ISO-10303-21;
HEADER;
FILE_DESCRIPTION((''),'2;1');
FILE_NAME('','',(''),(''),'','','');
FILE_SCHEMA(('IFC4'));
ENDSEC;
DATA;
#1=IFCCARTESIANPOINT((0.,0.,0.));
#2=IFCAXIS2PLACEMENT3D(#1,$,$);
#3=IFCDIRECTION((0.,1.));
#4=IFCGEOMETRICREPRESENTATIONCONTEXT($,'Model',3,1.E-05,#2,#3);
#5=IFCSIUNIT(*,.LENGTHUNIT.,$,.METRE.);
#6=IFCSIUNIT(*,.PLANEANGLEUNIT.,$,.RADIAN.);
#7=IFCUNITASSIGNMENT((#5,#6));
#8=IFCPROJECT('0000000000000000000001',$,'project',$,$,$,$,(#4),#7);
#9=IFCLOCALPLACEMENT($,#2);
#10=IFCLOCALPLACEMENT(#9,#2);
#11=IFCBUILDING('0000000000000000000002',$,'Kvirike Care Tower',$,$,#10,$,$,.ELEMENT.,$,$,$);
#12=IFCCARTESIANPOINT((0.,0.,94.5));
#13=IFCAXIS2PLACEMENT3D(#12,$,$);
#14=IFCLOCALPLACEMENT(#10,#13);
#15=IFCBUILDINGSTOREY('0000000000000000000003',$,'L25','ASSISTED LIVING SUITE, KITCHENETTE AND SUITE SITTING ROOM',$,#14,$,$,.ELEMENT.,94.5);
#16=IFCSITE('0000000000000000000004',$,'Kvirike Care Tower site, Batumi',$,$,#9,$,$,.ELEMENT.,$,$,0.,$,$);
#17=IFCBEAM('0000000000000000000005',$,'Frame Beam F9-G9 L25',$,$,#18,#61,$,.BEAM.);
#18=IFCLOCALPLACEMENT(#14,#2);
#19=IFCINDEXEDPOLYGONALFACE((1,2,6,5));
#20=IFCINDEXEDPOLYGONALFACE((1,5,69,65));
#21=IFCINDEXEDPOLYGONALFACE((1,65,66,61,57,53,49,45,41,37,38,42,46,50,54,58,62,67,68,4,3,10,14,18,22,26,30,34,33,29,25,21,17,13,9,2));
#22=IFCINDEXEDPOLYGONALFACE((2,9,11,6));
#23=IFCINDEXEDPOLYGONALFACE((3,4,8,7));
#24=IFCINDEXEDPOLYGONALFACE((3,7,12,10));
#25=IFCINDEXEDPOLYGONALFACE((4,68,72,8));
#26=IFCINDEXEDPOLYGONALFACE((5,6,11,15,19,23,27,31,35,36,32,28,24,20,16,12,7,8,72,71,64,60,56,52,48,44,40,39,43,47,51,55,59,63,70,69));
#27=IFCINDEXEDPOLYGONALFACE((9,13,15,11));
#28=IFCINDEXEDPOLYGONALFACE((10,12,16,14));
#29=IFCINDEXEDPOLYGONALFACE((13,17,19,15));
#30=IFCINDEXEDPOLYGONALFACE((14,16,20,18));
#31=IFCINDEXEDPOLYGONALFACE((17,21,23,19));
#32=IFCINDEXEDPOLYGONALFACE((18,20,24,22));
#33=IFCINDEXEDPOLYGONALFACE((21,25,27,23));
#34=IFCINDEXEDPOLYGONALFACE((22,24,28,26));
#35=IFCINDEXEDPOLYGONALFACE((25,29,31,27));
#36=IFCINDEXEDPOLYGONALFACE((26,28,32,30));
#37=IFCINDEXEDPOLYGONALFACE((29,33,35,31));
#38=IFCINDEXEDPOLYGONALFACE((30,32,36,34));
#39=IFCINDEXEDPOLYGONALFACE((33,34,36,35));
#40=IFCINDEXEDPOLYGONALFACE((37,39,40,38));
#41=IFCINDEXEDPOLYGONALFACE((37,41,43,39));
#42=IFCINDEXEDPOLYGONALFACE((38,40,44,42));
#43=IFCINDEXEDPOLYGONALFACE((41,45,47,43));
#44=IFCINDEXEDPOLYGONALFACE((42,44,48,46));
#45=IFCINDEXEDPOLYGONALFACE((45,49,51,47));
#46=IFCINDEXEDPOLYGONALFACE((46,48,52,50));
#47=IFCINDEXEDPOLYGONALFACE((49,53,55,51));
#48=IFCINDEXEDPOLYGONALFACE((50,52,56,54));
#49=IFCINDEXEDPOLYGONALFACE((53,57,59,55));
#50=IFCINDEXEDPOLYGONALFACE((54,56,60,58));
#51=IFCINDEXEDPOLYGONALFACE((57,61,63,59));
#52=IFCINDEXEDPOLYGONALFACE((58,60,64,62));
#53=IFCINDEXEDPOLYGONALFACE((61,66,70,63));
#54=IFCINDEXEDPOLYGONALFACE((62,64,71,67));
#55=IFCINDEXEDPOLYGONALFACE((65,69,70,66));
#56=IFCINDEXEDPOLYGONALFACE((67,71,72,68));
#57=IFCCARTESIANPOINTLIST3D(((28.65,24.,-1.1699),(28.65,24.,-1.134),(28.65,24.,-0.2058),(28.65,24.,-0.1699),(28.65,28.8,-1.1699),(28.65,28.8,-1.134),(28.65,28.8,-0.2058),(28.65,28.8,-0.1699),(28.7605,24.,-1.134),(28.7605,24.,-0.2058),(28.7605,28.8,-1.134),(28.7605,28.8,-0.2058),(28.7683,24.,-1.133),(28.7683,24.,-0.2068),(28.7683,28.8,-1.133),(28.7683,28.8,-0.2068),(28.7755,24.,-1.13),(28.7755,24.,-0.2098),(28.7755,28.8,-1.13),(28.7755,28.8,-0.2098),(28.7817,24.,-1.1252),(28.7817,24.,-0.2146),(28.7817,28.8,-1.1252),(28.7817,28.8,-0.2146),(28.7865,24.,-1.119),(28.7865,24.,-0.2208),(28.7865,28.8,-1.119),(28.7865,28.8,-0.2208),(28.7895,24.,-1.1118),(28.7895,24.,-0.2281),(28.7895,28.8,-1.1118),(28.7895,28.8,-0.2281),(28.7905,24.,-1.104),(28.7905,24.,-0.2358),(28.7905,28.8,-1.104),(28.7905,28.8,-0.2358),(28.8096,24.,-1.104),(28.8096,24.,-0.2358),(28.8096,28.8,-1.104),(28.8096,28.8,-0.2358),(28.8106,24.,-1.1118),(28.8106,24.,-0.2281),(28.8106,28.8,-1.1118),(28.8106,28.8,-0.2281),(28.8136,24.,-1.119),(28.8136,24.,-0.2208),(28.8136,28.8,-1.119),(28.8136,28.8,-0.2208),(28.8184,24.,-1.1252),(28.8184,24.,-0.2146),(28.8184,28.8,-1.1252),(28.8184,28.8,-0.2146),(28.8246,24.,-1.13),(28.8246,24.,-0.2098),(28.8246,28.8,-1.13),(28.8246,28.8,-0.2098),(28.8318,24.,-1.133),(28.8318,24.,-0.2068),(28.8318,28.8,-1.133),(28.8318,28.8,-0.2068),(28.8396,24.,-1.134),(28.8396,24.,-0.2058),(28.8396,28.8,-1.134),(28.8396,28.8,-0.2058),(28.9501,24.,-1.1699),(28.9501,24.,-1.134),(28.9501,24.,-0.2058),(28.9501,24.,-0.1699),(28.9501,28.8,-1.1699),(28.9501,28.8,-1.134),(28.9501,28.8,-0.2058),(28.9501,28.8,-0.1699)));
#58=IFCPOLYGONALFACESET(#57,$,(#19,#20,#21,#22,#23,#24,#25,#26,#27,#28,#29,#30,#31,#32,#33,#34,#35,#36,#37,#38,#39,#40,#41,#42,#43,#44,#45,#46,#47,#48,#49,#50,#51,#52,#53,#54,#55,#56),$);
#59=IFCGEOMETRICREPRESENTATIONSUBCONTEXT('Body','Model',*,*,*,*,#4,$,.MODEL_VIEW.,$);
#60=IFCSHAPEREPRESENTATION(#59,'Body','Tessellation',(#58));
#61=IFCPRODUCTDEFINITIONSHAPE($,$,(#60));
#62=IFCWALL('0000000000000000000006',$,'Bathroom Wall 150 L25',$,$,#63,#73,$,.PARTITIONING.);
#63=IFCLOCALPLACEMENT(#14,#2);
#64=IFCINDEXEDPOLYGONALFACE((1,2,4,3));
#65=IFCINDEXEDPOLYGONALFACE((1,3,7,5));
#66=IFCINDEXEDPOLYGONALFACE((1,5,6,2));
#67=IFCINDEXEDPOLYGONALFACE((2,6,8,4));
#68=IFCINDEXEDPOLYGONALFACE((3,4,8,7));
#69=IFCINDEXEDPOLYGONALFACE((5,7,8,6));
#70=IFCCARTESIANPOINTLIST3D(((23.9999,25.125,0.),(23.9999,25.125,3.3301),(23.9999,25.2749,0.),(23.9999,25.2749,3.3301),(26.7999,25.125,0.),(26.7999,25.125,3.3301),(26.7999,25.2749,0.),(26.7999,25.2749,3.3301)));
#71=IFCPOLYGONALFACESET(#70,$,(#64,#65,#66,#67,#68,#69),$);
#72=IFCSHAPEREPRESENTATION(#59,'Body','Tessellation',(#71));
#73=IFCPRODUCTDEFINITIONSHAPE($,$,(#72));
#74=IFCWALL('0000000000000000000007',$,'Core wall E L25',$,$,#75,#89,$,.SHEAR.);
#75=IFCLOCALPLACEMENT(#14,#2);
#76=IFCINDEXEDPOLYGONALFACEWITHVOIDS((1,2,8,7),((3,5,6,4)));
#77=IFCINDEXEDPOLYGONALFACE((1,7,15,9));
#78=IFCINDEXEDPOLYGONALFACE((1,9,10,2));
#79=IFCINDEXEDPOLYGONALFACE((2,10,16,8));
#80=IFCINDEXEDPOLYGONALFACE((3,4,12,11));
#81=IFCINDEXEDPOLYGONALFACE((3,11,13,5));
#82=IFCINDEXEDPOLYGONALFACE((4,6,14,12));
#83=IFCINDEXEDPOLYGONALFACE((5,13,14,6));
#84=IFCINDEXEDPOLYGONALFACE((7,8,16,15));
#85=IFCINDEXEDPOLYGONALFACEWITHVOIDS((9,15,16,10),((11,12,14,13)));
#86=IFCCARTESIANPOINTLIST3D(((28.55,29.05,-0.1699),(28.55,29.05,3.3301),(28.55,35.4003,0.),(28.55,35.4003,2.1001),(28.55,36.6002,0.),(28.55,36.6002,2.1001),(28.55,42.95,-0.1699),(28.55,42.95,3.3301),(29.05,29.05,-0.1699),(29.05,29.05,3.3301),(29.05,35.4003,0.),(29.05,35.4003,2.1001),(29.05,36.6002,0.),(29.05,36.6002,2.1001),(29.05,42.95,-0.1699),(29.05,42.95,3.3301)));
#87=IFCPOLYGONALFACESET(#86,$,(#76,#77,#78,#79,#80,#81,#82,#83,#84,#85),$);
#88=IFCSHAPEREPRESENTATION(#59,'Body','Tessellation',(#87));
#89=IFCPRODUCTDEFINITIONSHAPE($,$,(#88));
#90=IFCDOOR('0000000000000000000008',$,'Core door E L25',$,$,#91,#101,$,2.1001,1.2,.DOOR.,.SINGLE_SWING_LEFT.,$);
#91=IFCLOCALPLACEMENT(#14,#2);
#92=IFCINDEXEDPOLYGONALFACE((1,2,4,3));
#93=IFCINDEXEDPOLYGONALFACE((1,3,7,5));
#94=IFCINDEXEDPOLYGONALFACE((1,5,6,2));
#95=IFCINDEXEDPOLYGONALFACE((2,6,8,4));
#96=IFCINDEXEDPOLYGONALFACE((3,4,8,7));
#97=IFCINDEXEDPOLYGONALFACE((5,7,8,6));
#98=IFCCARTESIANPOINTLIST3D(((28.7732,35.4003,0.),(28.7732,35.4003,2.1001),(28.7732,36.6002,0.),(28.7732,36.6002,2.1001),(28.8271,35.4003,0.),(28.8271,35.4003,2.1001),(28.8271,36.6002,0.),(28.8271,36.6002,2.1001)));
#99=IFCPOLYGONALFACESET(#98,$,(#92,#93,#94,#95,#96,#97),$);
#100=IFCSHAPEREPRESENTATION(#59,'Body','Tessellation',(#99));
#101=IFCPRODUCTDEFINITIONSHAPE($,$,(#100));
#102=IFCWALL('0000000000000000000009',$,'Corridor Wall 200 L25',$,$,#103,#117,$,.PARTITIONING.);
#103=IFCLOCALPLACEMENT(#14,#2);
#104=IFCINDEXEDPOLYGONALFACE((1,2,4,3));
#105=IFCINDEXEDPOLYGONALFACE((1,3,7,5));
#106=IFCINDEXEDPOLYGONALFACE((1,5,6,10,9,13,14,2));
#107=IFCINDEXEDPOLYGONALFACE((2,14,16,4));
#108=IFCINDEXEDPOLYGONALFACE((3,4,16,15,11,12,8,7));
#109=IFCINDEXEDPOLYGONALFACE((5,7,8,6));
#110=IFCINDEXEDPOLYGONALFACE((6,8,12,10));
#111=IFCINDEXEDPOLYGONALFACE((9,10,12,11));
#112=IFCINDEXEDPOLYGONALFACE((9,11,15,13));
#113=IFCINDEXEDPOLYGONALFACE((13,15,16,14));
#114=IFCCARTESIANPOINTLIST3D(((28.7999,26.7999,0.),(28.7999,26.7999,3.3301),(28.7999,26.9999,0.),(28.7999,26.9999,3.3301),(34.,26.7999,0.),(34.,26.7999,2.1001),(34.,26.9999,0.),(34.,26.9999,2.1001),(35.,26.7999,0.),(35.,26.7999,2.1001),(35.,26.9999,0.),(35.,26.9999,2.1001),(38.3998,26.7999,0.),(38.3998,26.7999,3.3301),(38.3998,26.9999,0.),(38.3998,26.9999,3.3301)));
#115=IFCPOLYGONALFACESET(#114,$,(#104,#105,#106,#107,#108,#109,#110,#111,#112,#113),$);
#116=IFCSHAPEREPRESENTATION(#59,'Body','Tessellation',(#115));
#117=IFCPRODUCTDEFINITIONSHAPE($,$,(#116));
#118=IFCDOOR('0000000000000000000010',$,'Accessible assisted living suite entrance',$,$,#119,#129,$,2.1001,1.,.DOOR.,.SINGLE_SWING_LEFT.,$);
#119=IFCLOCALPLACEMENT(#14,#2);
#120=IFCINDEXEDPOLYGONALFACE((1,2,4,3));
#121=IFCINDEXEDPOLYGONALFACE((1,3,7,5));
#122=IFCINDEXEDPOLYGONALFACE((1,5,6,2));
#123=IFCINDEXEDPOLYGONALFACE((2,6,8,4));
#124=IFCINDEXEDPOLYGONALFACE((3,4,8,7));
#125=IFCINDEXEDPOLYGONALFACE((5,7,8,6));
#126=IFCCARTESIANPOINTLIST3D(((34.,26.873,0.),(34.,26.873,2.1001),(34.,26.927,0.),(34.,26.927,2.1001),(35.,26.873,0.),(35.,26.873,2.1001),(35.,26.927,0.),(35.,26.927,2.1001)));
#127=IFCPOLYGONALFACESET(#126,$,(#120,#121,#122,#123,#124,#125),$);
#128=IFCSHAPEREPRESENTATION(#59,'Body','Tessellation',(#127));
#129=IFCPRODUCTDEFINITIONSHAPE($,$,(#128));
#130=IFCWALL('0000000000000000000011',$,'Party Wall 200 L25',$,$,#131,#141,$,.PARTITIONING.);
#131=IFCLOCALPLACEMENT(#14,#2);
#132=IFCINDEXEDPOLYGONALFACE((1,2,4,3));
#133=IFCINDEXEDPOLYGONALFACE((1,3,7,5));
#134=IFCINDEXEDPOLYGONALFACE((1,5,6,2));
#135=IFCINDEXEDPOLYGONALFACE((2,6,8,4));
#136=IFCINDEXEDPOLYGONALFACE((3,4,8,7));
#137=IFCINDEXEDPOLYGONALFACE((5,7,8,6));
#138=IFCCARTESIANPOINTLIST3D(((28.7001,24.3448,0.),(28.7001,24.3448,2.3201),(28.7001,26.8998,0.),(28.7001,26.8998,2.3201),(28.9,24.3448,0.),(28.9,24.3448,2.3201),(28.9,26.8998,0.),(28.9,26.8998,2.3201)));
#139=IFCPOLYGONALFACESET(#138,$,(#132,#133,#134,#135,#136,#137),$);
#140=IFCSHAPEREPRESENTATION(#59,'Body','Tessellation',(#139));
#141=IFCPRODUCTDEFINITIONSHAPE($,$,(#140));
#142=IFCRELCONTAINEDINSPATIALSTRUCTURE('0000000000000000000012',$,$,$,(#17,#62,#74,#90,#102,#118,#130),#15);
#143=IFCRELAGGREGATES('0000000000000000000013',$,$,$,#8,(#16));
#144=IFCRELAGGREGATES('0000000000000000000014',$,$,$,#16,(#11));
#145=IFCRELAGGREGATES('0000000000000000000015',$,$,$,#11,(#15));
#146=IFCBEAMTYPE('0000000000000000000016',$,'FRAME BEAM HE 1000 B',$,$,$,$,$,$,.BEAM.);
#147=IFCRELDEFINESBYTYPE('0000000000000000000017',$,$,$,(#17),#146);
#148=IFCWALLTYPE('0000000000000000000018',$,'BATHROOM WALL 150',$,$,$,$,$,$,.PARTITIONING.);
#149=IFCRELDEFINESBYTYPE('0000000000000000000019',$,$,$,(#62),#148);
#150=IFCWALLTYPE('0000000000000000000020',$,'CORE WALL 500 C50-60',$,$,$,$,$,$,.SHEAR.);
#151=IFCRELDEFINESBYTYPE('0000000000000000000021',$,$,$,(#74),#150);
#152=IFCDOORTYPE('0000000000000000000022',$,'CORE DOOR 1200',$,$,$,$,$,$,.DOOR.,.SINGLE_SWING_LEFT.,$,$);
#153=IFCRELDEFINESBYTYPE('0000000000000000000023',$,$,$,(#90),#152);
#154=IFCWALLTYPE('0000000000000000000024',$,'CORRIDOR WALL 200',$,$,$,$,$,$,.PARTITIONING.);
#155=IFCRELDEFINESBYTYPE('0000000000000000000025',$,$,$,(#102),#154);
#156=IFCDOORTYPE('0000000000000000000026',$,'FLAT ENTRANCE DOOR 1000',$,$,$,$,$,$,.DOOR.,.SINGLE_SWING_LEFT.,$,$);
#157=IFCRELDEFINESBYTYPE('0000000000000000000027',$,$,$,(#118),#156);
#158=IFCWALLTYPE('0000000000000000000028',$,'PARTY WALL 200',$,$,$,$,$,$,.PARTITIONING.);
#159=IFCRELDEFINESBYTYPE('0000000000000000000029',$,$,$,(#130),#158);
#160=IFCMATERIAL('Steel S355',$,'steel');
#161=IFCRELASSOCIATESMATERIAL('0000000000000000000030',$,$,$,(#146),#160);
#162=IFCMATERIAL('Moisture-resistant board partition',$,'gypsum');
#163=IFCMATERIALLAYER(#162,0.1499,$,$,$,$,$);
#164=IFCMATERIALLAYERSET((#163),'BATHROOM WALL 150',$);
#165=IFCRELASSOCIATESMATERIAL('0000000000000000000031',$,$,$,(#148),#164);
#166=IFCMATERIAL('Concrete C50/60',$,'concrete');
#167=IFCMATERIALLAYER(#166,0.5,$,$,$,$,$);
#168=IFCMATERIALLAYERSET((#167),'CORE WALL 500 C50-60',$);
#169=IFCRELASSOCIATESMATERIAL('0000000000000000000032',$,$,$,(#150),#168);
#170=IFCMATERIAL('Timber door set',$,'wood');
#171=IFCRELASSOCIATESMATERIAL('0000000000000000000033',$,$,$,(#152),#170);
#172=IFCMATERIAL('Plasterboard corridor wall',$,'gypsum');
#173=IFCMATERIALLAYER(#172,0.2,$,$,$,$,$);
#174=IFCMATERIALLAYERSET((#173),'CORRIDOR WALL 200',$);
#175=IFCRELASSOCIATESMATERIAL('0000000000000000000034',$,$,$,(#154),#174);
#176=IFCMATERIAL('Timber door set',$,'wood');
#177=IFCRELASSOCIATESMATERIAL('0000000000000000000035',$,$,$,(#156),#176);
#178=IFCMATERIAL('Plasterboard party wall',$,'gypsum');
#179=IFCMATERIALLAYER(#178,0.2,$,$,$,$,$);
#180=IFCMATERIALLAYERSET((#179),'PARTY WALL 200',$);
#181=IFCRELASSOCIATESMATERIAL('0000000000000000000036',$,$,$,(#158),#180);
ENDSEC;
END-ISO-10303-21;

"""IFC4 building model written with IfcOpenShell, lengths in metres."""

from ifc_helpers import new_model, si_unit, direction, frame, frame_2d, origin, origin_2d, place, context, subcontext, project, spatial, rectangle, i_section, extrude, material, layer, layer_set, material_profile, profile_set, type_object, element, fill, save


model = new_model("IFC4")

# Units and contexts
model_context = context("Model", 3, precision=1e-05, world=origin(), true_north=direction((0.0, 1.0)))
body_context = subcontext(model_context, "Body", "Model", "MODEL_VIEW")
ifc_project = project(units=[si_unit("LENGTHUNIT", "METRE"), si_unit("PLANEANGLEUNIT", "RADIAN")], contexts=[model_context])

# Site, building, storey
site_placement = place(None, origin())
site = spatial("IfcSite", under=ifc_project, at=site_placement, Name="Kvirike Care Tower site, Batumi", CompositionType="ELEMENT", RefElevation=0.0)
building_placement = place(site_placement, origin())
building = spatial("IfcBuilding", under=site, at=building_placement, Name="Kvirike Care Tower", CompositionType="ELEMENT")
storey_placement = place(building_placement, frame((0.0, 0.0, 94.5)))
storey = spatial("IfcBuildingStorey", under=building, at=storey_placement, Name="L25", Description="ASSISTED LIVING SUITE, KITCHENETTE AND SUITE SITTING ROOM", CompositionType="ELEMENT", Elevation=94.5)

# Beam
ifc_material_1 = material(Name="Steel S355", Category="steel")
ifc_material_profile_1 = material_profile(ifc_material_1, i_section(OverallWidth=0.3, OverallDepth=1.0, WebThickness=0.019, FlangeThickness=0.0359, FilletRadius=0.03, at=origin_2d()), Name="HE 1000 B")
ifc_profile_set_1 = profile_set([ifc_material_profile_1], Name="Steel S355")
beam_type_1 = type_object("IfcBeamType", Name="FRAME BEAM HE 1000 B", PredefinedType="BEAM", material=ifc_profile_set_1)
for number, where, z_axis, x_axis, name in (
    (1, (28.8, 24.0, -0.6699), (0.0, 1.0, 0.0), (-1.0, 0.0, 0.0), "Frame Beam F9-G9 L25"),
):
    element("IfcBeam", number, at=place(storey_placement, frame(where, z_axis=z_axis, x_axis=x_axis)), inside=storey, type_object=beam_type_1, Name=name, PredefinedType="BEAM", context=body_context, shape_type="SweptSolid", body=[
        extrude(i_section(OverallWidth=0.3, OverallDepth=1.0, WebThickness=0.019, FlangeThickness=0.0359, FilletRadius=0.03, at=origin_2d()), origin(), (0.0, 0.0, 1.0), 4.8),
    ])

# Wall
ifc_material_2 = material(Name="Moisture-resistant board partition", Category="gypsum")
ifc_layer_1 = layer(ifc_material_2, 0.1499)
ifc_layer_set_1 = layer_set([ifc_layer_1], Name="BATHROOM WALL 150")
wall_type_1 = type_object("IfcWallType", Name="BATHROOM WALL 150", PredefinedType="PARTITIONING", material=ifc_layer_set_1)
wall_1_placement = place(storey_placement, frame((24.0, 25.2, 0.0), z_axis=(0.0, 0.0, 1.0), x_axis=(1.0, 0.0, 0.0)))
element("IfcWall", 2, at=wall_1_placement, inside=storey, type_object=wall_type_1, Name="Bathroom Wall 150 L25", PredefinedType="PARTITIONING", context=body_context, shape_type="SweptSolid", body=[
    extrude(rectangle(XDim=2.8, YDim=0.1499, at=frame_2d((1.3999, 0.0))), origin(), (0.0, 0.0, 1.0), 3.3301),
])

# Walls, openings, doors
ifc_material_3 = material(Name="Concrete C50/60", Category="concrete")
ifc_layer_2 = layer(ifc_material_3, 0.5)
ifc_layer_set_2 = layer_set([ifc_layer_2], Name="CORE WALL 500 C50-60")
wall_type_2 = type_object("IfcWallType", Name="CORE WALL 500 C50-60", PredefinedType="SHEAR", material=ifc_layer_set_2)
wall_2_placement = place(storey_placement, frame((28.8, 29.05, -0.1699), z_axis=(0.0, 0.0, 1.0), x_axis=(0.0, 1.0, 0.0)))
wall_2 = element("IfcWall", 3, at=wall_2_placement, inside=storey, type_object=wall_type_2, Name="Core wall E L25", PredefinedType="SHEAR", context=body_context, shape_type="SweptSolid", body=[
    extrude(rectangle(XDim=13.8999, YDim=0.5, at=frame_2d((6.95, 0.0))), origin(), (0.0, 0.0, 1.0), 3.5),
])
opening_1_placement = place(wall_2_placement, frame((6.3501, 0.0, 0.1699)))
opening_1 = element("IfcOpeningElement", 4, at=opening_1_placement, cuts=wall_2, PredefinedType="OPENING", context=body_context, shape_type="SweptSolid", body=[
    extrude(rectangle(XDim=1.2, YDim=2.1001, at=frame_2d((0.6001, 1.05))), frame((0.0, 0.2605, 0.0), z_axis=(0.0, -1.0, 0.0), x_axis=(1.0, 0.0, 0.0)), (0.0, 0.0, 1.0), 0.521),
])
ifc_material_4 = material(Name="Timber door set", Category="wood")
door_type_1 = type_object("IfcDoorType", Name="CORE DOOR 1200", OperationType="SINGLE_SWING_LEFT", PredefinedType="DOOR", material=ifc_material_4)
door_1_placement = place(opening_1_placement, origin())
door_1 = element("IfcDoor", 5, at=door_1_placement, inside=storey, type_object=door_type_1, Name="Core door E L25", OperationType="SINGLE_SWING_LEFT", OverallHeight=2.1001, OverallWidth=1.2, PredefinedType="DOOR", context=body_context, shape_type="SweptSolid", body=[
    extrude(rectangle(XDim=1.2, YDim=2.1001, at=frame_2d((0.6001, 1.05))), frame((0.0, 0.0269, 0.0), z_axis=(0.0, -1.0, 0.0), x_axis=(1.0, 0.0, 0.0)), (0.0, 0.0, 1.0), 0.054),
])
fill(opening_1, door_1)
ifc_material_5 = material(Name="Plasterboard corridor wall", Category="gypsum")
ifc_layer_3 = layer(ifc_material_5, 0.2)
ifc_layer_set_3 = layer_set([ifc_layer_3], Name="CORRIDOR WALL 200")
wall_type_3 = type_object("IfcWallType", Name="CORRIDOR WALL 200", PredefinedType="PARTITIONING", material=ifc_layer_set_3)
wall_3_placement = place(storey_placement, frame((28.8, 26.8999, 0.0), z_axis=(0.0, 0.0, 1.0), x_axis=(1.0, 0.0, 0.0)))
wall_3 = element("IfcWall", 6, at=wall_3_placement, inside=storey, type_object=wall_type_3, Name="Corridor Wall 200 L25", PredefinedType="PARTITIONING", context=body_context, shape_type="SweptSolid", body=[
    extrude(rectangle(XDim=9.5999, YDim=0.2, at=frame_2d((4.7998, 0.0))), origin(), (0.0, 0.0, 1.0), 3.3301),
])
opening_2_placement = place(wall_3_placement, frame((5.2, 0.0, 0.0)))
opening_2 = element("IfcOpeningElement", 7, at=opening_2_placement, cuts=wall_3, PredefinedType="OPENING", context=body_context, shape_type="SweptSolid", body=[
    extrude(rectangle(XDim=1.0, YDim=2.1001, at=frame_2d((0.5, 1.05))), frame((0.0, 0.1106, 0.0), z_axis=(0.0, -1.0, 0.0), x_axis=(1.0, 0.0, 0.0)), (0.0, 0.0, 1.0), 0.2209),
])
ifc_material_6 = material(Name="Timber door set", Category="wood")
door_type_2 = type_object("IfcDoorType", Name="FLAT ENTRANCE DOOR 1000", OperationType="SINGLE_SWING_LEFT", PredefinedType="DOOR", material=ifc_material_6)
door_2_placement = place(opening_2_placement, frame((1.0, 0.0, 0.0), z_axis=(0.0, 0.0, 1.0), x_axis=(-1.0, 0.0, 0.0)))
door_2 = element("IfcDoor", 8, at=door_2_placement, inside=storey, type_object=door_type_2, Name="Accessible assisted living suite entrance", OperationType="SINGLE_SWING_LEFT", OverallHeight=2.1001, OverallWidth=1.0, PredefinedType="DOOR", context=body_context, shape_type="SweptSolid", body=[
    extrude(rectangle(XDim=1.0, YDim=2.1001, at=frame_2d((0.5, 1.05))), frame((0.0, 0.0269, 0.0), z_axis=(0.0, -1.0, 0.0), x_axis=(1.0, 0.0, 0.0)), (0.0, 0.0, 1.0), 0.054),
])
fill(opening_2, door_2)

# Wall
ifc_material_7 = material(Name="Plasterboard party wall", Category="gypsum")
ifc_layer_4 = layer(ifc_material_7, 0.2)
ifc_layer_set_4 = layer_set([ifc_layer_4], Name="PARTY WALL 200")
wall_type_4 = type_object("IfcWallType", Name="PARTY WALL 200", PredefinedType="PARTITIONING", material=ifc_layer_set_4)
wall_4_placement = place(storey_placement, frame((28.8, 24.345, 0.0), z_axis=(0.0, 0.0, 1.0), x_axis=(0.0, 1.0, 0.0)))
element("IfcWall", 9, at=wall_4_placement, inside=storey, type_object=wall_type_4, Name="Party Wall 200 L25", PredefinedType="PARTITIONING", context=body_context, shape_type="SweptSolid", body=[
    extrude(rectangle(XDim=2.5549, YDim=0.2, at=frame_2d((1.2773, 0.0))), origin(), (0.0, 0.0, 1.0), 2.3201),
])

save(model, "model.ifc")
